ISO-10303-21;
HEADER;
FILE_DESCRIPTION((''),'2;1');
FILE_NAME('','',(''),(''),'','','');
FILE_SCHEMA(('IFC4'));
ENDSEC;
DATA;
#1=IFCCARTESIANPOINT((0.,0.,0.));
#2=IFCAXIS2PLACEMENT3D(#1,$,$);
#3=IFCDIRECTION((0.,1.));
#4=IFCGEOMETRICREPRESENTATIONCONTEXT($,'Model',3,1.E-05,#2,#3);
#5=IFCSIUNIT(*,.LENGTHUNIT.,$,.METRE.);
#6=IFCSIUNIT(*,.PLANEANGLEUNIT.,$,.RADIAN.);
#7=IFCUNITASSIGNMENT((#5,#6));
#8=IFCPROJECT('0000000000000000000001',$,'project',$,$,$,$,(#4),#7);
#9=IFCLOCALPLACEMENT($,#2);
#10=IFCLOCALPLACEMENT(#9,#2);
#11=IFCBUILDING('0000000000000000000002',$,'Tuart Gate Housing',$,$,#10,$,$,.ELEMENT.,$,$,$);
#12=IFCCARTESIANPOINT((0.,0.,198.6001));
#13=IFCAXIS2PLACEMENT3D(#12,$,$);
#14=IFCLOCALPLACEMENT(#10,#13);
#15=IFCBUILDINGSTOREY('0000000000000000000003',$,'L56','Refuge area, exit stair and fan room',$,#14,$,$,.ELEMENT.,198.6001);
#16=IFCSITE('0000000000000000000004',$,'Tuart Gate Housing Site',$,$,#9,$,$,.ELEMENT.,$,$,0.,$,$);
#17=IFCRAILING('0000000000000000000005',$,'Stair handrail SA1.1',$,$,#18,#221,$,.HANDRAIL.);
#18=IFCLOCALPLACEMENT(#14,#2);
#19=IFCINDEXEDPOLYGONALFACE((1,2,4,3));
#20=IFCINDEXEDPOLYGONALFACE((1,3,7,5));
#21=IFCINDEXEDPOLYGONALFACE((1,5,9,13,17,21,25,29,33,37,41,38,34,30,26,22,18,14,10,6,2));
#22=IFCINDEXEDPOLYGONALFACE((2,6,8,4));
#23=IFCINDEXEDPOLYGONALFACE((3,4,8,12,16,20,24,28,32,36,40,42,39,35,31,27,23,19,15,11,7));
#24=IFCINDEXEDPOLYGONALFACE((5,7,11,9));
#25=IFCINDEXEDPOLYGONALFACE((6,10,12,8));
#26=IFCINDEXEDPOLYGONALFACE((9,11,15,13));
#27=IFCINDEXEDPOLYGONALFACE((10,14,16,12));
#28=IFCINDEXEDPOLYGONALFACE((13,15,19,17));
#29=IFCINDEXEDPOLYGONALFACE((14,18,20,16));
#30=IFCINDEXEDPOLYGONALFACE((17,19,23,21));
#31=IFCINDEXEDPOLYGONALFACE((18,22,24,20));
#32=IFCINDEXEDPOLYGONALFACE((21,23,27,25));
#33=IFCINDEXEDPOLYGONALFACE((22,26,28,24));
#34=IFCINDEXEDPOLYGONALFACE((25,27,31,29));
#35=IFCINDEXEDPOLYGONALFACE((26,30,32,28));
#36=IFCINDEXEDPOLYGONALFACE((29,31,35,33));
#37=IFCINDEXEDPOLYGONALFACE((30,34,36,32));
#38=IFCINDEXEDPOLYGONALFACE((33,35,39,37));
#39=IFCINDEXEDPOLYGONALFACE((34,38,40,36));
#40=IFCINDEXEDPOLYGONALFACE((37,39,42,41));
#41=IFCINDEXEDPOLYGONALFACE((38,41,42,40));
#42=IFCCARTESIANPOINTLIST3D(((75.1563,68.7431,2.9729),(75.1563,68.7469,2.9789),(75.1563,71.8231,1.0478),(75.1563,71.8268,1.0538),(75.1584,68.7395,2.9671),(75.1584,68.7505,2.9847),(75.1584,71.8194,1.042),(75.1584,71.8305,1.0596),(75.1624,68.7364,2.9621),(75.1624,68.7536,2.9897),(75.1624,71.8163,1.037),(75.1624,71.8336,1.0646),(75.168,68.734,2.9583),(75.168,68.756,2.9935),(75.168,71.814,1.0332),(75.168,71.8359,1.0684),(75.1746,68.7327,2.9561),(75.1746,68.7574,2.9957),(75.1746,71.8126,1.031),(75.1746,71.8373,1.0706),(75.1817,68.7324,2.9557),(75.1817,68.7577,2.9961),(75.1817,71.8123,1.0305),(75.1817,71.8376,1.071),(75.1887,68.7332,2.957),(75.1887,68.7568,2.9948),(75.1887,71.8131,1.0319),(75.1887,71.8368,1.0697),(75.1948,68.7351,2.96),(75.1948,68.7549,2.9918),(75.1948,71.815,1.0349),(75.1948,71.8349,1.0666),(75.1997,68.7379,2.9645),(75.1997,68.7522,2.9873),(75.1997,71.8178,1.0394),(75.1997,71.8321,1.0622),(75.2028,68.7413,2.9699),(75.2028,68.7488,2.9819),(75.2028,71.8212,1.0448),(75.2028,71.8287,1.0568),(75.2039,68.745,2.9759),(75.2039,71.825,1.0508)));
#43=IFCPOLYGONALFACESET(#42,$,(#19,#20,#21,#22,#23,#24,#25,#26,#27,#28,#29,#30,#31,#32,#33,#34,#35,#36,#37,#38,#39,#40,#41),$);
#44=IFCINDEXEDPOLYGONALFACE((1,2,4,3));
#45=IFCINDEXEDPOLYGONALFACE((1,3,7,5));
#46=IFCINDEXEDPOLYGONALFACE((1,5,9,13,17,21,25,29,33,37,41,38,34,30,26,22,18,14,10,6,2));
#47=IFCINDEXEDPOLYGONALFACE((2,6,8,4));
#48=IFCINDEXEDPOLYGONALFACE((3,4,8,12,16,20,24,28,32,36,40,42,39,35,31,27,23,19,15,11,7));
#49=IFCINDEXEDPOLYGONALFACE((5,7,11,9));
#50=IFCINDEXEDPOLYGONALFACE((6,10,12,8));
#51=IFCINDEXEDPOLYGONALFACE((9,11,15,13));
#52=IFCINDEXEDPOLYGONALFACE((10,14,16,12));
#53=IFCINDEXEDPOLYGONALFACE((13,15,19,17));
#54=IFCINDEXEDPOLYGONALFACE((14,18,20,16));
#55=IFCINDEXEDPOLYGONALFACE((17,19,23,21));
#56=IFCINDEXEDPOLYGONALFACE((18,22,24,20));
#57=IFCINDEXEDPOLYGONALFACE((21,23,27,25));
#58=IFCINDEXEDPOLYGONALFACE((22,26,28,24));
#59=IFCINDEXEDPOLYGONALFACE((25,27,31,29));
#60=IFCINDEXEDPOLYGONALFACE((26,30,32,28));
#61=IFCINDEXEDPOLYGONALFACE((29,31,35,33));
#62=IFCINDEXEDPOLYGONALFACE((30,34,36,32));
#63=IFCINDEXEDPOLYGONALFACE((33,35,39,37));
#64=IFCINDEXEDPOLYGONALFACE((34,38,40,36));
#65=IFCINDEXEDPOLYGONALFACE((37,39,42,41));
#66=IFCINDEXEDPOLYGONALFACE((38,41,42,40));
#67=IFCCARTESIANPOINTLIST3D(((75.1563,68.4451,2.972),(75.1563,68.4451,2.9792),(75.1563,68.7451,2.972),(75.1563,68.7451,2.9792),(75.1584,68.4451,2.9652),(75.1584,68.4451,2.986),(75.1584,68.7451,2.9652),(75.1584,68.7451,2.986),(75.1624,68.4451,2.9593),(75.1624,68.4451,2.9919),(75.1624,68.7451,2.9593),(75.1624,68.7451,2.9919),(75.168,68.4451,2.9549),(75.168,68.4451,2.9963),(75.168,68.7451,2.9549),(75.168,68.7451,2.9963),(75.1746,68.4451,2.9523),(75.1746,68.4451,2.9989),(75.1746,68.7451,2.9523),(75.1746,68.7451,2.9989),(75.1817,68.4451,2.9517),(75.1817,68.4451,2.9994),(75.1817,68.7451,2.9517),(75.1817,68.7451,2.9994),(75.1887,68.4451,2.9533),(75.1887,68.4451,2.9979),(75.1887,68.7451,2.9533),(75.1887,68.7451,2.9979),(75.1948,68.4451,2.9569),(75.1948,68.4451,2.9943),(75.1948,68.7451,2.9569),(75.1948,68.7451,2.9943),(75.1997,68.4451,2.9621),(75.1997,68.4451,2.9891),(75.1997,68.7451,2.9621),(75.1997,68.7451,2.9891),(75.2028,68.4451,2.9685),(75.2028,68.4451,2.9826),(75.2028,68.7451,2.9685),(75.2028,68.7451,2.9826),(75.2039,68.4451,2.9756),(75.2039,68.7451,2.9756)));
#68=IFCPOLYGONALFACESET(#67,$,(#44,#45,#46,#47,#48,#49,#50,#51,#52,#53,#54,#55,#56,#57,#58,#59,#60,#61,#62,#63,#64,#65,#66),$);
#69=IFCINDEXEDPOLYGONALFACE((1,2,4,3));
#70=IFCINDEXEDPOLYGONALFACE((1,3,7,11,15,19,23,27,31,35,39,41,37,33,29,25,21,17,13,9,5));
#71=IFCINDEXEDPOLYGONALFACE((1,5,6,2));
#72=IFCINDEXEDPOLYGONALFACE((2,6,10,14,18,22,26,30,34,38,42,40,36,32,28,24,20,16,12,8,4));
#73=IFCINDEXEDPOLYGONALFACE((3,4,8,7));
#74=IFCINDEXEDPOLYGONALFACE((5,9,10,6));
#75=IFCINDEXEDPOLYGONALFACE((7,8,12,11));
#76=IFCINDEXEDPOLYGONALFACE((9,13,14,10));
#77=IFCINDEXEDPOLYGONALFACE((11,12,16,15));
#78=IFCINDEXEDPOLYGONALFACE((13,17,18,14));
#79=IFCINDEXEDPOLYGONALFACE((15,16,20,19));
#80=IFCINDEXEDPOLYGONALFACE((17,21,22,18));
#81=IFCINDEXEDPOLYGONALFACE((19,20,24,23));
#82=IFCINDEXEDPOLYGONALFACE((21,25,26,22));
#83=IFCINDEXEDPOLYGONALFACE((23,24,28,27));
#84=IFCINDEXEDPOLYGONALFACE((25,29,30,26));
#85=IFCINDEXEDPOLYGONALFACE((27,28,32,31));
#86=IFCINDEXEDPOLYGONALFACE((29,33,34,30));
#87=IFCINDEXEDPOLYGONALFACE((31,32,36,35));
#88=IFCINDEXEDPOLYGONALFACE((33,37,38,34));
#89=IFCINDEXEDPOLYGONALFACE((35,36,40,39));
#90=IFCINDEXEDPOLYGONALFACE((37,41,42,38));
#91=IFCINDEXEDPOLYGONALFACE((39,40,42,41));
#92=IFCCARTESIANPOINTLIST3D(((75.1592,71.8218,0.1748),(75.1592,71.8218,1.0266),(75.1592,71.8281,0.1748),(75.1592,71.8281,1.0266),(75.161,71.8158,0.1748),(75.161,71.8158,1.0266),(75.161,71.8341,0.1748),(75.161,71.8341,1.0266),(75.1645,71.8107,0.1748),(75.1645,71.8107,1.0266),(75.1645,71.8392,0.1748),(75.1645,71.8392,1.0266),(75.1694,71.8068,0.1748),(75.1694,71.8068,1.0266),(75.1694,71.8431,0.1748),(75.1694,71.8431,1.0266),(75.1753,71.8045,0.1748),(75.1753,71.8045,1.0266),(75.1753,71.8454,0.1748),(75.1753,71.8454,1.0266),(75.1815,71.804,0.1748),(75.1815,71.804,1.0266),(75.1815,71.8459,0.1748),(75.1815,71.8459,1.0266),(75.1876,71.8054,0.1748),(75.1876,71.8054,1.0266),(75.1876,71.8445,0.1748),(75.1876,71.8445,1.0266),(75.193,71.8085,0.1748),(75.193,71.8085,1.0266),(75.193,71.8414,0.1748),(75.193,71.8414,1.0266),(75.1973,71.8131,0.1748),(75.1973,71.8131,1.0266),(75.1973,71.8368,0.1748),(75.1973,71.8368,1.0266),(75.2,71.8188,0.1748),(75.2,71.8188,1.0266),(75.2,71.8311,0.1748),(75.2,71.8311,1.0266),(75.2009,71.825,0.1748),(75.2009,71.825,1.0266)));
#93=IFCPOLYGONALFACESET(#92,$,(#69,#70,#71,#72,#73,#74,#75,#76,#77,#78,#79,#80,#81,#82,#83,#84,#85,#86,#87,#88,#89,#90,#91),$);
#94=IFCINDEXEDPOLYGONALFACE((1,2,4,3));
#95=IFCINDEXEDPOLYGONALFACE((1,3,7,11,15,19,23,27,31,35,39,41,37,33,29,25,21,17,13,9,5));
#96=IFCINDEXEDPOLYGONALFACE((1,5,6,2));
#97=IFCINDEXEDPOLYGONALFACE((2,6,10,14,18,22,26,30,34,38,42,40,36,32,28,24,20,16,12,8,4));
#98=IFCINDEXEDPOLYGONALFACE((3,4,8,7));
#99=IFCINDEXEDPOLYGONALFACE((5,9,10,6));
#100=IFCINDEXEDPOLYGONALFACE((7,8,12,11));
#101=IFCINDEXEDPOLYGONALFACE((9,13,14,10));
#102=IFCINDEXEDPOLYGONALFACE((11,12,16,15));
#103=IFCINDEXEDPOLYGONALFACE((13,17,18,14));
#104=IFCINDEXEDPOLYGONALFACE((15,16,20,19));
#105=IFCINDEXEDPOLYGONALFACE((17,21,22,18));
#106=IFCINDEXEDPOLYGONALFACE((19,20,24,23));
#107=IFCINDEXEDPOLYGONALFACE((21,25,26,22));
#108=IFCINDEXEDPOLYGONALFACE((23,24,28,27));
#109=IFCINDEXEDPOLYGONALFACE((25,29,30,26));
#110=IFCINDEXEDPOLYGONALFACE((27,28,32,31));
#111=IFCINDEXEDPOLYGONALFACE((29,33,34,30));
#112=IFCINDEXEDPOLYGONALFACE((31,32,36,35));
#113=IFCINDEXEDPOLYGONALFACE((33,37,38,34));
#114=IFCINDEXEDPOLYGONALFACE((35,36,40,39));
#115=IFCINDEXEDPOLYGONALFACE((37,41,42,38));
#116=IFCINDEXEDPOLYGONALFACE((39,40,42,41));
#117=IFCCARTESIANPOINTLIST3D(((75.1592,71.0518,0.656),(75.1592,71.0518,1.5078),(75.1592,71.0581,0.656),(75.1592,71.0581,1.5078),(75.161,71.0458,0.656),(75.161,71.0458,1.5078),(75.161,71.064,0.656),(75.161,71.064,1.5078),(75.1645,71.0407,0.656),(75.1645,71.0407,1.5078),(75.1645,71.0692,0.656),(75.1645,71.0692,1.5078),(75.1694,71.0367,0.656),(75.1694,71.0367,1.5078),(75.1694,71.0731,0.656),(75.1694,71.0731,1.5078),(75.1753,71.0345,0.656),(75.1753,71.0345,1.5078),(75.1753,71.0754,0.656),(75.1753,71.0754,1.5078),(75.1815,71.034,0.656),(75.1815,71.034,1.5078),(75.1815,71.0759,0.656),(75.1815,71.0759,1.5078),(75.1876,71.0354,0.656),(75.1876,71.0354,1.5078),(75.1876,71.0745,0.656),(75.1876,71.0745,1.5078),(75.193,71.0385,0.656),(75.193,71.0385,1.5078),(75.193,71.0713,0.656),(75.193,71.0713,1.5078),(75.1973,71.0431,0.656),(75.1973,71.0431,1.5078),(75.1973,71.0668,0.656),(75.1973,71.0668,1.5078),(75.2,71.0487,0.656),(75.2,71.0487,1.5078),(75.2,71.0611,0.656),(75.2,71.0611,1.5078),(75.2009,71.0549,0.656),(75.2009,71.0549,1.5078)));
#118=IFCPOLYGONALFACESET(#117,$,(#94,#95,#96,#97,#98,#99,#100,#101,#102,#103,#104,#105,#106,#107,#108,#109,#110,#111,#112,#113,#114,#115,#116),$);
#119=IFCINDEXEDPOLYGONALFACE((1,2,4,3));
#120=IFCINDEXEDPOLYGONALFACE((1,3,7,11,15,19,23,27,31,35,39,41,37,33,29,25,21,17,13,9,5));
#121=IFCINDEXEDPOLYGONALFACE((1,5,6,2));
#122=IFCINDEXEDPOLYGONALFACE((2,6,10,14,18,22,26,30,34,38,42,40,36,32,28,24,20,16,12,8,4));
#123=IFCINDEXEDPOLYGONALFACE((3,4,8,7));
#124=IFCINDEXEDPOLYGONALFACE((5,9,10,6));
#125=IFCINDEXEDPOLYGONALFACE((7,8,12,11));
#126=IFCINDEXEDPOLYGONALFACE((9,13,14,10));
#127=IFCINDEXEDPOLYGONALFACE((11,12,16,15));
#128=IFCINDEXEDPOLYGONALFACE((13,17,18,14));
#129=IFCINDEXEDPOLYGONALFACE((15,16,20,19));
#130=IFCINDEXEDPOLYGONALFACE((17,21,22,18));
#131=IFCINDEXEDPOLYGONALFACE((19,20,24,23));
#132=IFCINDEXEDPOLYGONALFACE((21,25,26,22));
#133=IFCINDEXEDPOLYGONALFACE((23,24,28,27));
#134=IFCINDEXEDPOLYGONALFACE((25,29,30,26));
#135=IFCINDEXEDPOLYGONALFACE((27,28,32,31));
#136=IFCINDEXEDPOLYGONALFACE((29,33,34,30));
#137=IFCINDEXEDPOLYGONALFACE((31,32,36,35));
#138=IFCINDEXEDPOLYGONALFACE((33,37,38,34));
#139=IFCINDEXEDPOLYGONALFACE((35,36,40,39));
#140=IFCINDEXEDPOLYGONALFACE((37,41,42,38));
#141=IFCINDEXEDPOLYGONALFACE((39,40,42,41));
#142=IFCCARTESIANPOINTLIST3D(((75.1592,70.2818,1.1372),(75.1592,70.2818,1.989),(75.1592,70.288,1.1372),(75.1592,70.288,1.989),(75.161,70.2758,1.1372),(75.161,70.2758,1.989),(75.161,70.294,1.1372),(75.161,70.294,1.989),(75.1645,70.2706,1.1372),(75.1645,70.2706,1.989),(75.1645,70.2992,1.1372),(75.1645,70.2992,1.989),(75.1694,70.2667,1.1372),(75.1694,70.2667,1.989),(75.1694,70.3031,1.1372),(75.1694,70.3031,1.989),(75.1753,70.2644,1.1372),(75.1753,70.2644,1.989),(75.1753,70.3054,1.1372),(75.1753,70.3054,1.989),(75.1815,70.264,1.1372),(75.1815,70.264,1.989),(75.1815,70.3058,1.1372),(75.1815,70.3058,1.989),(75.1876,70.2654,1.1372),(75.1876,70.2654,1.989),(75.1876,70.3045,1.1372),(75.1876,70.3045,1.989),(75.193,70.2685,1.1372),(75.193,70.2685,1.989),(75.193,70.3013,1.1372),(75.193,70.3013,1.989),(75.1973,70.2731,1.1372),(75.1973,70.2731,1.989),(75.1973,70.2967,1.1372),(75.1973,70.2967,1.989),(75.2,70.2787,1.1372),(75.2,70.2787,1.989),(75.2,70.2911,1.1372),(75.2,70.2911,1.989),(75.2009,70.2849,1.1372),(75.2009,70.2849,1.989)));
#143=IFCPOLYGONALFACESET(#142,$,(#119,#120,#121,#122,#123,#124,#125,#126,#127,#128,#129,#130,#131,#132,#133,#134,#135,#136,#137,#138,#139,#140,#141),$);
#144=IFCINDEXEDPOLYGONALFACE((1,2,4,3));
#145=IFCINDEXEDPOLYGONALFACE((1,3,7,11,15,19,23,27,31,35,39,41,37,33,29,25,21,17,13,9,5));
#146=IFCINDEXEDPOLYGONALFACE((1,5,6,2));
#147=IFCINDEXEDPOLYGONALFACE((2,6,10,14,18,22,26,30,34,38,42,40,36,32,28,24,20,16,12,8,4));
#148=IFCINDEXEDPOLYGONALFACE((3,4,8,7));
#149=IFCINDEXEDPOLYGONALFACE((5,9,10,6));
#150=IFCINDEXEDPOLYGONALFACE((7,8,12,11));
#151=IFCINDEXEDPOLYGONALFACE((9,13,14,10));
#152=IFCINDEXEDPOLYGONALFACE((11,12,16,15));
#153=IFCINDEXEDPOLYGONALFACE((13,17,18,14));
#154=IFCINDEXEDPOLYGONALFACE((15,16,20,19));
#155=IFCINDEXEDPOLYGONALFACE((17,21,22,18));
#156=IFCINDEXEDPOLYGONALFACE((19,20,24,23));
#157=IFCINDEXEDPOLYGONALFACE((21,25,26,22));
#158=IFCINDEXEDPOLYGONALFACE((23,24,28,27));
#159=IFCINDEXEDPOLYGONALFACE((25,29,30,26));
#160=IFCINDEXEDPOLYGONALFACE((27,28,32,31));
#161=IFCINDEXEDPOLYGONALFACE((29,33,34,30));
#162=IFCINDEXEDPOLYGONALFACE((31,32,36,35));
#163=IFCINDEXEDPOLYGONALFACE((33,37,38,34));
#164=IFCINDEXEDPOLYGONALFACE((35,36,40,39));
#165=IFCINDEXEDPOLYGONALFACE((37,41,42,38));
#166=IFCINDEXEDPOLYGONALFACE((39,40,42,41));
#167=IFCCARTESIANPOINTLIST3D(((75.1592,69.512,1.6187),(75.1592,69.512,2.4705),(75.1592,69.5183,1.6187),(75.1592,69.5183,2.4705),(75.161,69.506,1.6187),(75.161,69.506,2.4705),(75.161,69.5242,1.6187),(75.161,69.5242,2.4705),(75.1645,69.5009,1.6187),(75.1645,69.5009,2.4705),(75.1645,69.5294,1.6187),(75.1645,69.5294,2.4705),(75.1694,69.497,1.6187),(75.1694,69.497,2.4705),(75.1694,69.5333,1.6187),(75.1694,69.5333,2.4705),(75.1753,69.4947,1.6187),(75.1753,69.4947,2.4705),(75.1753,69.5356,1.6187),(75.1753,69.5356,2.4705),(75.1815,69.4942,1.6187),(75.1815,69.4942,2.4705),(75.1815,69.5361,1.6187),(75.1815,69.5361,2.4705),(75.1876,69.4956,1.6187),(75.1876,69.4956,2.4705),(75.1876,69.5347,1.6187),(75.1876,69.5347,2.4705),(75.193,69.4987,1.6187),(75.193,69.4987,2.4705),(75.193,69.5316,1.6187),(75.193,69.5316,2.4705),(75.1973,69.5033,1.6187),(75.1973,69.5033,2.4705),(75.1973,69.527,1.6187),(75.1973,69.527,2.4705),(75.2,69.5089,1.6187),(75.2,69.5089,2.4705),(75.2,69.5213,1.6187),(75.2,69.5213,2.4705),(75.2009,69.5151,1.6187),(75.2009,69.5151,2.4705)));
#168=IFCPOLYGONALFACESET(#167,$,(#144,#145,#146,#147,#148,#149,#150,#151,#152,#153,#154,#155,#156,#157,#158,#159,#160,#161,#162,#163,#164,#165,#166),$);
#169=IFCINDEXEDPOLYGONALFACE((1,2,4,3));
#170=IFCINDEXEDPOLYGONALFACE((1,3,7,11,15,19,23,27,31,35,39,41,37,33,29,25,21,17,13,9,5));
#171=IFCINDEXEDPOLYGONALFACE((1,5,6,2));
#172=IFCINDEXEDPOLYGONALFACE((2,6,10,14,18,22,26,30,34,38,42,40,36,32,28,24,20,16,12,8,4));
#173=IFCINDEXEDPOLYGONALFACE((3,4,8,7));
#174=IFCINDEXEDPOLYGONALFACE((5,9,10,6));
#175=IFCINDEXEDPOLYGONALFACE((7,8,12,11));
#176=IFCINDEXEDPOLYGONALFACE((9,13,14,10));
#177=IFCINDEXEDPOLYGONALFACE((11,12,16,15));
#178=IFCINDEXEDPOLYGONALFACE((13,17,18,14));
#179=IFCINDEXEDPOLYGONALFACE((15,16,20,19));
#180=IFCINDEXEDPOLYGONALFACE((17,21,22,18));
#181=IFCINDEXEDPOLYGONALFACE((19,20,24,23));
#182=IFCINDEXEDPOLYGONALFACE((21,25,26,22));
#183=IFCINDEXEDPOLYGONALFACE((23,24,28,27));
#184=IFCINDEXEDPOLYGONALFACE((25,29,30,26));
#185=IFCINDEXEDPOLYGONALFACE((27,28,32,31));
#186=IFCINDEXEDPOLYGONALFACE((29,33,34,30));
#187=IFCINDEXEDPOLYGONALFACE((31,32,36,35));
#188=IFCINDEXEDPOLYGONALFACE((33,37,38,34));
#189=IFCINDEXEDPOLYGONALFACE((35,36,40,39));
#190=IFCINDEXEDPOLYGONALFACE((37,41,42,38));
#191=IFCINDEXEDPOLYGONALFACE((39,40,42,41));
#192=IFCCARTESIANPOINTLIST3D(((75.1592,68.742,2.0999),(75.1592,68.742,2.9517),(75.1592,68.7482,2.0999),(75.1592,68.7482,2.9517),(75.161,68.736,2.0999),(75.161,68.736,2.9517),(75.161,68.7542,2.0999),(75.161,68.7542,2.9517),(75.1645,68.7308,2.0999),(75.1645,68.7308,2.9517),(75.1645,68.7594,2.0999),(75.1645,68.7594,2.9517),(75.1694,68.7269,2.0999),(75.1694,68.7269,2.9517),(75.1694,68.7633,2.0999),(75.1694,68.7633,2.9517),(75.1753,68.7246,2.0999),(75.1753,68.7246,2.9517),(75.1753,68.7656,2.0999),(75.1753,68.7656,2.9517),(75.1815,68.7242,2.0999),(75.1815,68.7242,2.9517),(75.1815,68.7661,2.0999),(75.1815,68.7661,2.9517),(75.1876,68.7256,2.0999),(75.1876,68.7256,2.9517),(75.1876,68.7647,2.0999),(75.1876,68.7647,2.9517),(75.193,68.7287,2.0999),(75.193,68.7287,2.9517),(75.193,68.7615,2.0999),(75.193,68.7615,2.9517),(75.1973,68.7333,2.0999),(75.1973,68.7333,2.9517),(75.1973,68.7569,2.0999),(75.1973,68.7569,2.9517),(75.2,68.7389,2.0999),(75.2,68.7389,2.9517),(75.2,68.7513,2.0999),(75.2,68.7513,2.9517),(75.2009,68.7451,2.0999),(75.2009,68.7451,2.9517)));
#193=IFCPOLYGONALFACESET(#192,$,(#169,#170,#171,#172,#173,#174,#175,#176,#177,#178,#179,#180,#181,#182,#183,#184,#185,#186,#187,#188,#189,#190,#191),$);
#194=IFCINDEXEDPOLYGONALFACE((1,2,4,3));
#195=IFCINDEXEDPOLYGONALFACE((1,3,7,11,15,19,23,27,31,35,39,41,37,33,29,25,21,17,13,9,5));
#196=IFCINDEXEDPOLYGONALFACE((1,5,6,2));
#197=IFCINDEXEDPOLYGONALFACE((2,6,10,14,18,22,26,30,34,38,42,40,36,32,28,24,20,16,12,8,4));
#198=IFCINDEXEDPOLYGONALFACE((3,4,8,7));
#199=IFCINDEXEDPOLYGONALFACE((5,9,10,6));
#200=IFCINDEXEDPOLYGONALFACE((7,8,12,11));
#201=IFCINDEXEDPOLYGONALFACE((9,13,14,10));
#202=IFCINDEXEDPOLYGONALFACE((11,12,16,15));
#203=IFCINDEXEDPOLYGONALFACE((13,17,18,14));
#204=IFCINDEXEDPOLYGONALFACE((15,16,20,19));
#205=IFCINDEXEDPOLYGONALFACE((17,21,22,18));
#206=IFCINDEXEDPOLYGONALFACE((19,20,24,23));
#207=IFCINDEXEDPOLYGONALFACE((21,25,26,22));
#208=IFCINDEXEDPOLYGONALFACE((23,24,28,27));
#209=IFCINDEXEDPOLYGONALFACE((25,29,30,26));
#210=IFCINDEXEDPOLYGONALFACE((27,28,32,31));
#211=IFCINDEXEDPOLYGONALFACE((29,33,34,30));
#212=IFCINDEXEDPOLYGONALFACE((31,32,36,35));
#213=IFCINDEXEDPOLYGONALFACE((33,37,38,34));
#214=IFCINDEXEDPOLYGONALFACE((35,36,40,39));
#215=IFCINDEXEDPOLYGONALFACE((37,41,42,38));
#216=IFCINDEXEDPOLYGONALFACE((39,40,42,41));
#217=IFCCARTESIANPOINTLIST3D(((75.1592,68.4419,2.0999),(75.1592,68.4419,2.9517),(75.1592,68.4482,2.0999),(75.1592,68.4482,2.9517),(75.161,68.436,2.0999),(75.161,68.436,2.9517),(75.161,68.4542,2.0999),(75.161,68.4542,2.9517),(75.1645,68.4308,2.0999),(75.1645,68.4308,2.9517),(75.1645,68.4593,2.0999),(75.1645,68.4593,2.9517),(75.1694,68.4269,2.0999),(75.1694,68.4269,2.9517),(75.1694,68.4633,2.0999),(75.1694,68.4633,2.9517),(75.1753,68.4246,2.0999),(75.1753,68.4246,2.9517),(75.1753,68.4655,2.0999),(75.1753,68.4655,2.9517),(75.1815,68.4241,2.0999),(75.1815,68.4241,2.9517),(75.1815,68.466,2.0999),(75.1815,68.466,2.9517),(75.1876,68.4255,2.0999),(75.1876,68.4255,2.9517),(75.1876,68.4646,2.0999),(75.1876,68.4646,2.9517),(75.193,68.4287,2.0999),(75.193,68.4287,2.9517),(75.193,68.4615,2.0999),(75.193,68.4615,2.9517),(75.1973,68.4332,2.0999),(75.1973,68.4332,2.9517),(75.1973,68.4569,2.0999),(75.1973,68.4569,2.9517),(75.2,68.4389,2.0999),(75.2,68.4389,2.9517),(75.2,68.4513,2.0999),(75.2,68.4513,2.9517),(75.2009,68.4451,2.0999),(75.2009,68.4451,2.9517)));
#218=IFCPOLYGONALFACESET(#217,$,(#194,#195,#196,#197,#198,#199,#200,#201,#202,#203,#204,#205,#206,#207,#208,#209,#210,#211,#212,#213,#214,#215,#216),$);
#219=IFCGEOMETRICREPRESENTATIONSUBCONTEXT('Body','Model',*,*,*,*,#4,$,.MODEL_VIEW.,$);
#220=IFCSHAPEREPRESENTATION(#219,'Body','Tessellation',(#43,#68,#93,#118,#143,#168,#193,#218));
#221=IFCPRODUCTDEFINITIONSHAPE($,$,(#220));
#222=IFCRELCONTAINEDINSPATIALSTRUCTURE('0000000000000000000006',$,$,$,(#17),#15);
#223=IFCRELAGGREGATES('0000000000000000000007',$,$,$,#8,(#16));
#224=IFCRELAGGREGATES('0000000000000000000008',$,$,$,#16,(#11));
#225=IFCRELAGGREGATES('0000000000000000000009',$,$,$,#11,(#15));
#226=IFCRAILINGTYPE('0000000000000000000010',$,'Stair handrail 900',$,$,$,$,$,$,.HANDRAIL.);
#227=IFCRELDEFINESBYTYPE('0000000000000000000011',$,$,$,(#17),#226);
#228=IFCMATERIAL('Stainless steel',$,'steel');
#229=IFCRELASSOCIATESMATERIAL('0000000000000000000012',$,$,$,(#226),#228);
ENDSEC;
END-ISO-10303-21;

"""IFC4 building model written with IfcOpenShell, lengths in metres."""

from ifc_helpers import new_model, si_unit, direction, frame, origin, origin_2d, place, context, subcontext, project, spatial, circle, extrude, material, type_object, element, save


model = new_model("IFC4")

# Units and contexts
model_context = context("Model", 3, precision=1e-05, world=origin(), true_north=direction((0.0, 1.0)))
body_context = subcontext(model_context, "Body", "Model", "MODEL_VIEW")
ifc_project = project(units=[si_unit("LENGTHUNIT", "METRE"), si_unit("PLANEANGLEUNIT", "RADIAN")], contexts=[model_context])

# Site, building, storey
site_placement = place(None, origin())
site = spatial("IfcSite", under=ifc_project, at=site_placement, Name="Tuart Gate Housing Site", CompositionType="ELEMENT", RefElevation=0.0)
building_placement = place(site_placement, origin())
building = spatial("IfcBuilding", under=site, at=building_placement, Name="Tuart Gate Housing", CompositionType="ELEMENT")
storey_placement = place(building_placement, frame((0.0, 0.0, 198.6001)))
storey = spatial("IfcBuildingStorey", under=building, at=storey_placement, Name="L56", Description="Refuge area, exit stair and fan room", CompositionType="ELEMENT", Elevation=198.6001)

# Railing
ifc_material_1 = material(Name="Stainless steel", Category="steel")
railing_type = type_object("IfcRailingType", Name="Stair handrail 900", PredefinedType="HANDRAIL", material=ifc_material_1)
railing_placement = place(storey_placement, frame((75.1799, 71.825, 0.1748)))
element("IfcRailing", 1, at=railing_placement, inside=storey, type_object=railing_type, Name="Stair handrail SA1.1", PredefinedType="HANDRAIL", context=body_context, shape_type="SweptSolid", body=[
    extrude(circle(Radius=0.0239, at=origin_2d()), frame((0.0, 0.0, 0.876), z_axis=(0.0, -0.847979, 0.530029), x_axis=(1.0, 0.0, 0.0)), (0.0, 0.0, 1.0), 3.6321),
    extrude(circle(Radius=0.0239, at=origin_2d()), frame((0.0, -3.0798, 2.8008), z_axis=(0.0, -1.0, 0.0), x_axis=(1.0, 0.0, 0.0)), (0.0, 0.0, 1.0), 0.3),
    extrude(circle(Radius=0.021, at=origin_2d()), origin(), (0.0, 0.0, 1.0), 0.8518),
    extrude(circle(Radius=0.021, at=origin_2d()), frame((0.0, -0.77, 0.4812)), (0.0, 0.0, 1.0), 0.8518),
    extrude(circle(Radius=0.021, at=origin_2d()), frame((0.0, -1.54, 0.9624)), (0.0, 0.0, 1.0), 0.8518),
    extrude(circle(Radius=0.021, at=origin_2d()), frame((0.0, -2.3098, 1.4438)), (0.0, 0.0, 1.0), 0.8518),
    extrude(circle(Radius=0.021, at=origin_2d()), frame((0.0, -3.0798, 1.925)), (0.0, 0.0, 1.0), 0.8518),
    extrude(circle(Radius=0.021, at=origin_2d()), frame((0.0, -3.3799, 1.925)), (0.0, 0.0, 1.0), 0.8518),
])

save(model, "model.ifc")
